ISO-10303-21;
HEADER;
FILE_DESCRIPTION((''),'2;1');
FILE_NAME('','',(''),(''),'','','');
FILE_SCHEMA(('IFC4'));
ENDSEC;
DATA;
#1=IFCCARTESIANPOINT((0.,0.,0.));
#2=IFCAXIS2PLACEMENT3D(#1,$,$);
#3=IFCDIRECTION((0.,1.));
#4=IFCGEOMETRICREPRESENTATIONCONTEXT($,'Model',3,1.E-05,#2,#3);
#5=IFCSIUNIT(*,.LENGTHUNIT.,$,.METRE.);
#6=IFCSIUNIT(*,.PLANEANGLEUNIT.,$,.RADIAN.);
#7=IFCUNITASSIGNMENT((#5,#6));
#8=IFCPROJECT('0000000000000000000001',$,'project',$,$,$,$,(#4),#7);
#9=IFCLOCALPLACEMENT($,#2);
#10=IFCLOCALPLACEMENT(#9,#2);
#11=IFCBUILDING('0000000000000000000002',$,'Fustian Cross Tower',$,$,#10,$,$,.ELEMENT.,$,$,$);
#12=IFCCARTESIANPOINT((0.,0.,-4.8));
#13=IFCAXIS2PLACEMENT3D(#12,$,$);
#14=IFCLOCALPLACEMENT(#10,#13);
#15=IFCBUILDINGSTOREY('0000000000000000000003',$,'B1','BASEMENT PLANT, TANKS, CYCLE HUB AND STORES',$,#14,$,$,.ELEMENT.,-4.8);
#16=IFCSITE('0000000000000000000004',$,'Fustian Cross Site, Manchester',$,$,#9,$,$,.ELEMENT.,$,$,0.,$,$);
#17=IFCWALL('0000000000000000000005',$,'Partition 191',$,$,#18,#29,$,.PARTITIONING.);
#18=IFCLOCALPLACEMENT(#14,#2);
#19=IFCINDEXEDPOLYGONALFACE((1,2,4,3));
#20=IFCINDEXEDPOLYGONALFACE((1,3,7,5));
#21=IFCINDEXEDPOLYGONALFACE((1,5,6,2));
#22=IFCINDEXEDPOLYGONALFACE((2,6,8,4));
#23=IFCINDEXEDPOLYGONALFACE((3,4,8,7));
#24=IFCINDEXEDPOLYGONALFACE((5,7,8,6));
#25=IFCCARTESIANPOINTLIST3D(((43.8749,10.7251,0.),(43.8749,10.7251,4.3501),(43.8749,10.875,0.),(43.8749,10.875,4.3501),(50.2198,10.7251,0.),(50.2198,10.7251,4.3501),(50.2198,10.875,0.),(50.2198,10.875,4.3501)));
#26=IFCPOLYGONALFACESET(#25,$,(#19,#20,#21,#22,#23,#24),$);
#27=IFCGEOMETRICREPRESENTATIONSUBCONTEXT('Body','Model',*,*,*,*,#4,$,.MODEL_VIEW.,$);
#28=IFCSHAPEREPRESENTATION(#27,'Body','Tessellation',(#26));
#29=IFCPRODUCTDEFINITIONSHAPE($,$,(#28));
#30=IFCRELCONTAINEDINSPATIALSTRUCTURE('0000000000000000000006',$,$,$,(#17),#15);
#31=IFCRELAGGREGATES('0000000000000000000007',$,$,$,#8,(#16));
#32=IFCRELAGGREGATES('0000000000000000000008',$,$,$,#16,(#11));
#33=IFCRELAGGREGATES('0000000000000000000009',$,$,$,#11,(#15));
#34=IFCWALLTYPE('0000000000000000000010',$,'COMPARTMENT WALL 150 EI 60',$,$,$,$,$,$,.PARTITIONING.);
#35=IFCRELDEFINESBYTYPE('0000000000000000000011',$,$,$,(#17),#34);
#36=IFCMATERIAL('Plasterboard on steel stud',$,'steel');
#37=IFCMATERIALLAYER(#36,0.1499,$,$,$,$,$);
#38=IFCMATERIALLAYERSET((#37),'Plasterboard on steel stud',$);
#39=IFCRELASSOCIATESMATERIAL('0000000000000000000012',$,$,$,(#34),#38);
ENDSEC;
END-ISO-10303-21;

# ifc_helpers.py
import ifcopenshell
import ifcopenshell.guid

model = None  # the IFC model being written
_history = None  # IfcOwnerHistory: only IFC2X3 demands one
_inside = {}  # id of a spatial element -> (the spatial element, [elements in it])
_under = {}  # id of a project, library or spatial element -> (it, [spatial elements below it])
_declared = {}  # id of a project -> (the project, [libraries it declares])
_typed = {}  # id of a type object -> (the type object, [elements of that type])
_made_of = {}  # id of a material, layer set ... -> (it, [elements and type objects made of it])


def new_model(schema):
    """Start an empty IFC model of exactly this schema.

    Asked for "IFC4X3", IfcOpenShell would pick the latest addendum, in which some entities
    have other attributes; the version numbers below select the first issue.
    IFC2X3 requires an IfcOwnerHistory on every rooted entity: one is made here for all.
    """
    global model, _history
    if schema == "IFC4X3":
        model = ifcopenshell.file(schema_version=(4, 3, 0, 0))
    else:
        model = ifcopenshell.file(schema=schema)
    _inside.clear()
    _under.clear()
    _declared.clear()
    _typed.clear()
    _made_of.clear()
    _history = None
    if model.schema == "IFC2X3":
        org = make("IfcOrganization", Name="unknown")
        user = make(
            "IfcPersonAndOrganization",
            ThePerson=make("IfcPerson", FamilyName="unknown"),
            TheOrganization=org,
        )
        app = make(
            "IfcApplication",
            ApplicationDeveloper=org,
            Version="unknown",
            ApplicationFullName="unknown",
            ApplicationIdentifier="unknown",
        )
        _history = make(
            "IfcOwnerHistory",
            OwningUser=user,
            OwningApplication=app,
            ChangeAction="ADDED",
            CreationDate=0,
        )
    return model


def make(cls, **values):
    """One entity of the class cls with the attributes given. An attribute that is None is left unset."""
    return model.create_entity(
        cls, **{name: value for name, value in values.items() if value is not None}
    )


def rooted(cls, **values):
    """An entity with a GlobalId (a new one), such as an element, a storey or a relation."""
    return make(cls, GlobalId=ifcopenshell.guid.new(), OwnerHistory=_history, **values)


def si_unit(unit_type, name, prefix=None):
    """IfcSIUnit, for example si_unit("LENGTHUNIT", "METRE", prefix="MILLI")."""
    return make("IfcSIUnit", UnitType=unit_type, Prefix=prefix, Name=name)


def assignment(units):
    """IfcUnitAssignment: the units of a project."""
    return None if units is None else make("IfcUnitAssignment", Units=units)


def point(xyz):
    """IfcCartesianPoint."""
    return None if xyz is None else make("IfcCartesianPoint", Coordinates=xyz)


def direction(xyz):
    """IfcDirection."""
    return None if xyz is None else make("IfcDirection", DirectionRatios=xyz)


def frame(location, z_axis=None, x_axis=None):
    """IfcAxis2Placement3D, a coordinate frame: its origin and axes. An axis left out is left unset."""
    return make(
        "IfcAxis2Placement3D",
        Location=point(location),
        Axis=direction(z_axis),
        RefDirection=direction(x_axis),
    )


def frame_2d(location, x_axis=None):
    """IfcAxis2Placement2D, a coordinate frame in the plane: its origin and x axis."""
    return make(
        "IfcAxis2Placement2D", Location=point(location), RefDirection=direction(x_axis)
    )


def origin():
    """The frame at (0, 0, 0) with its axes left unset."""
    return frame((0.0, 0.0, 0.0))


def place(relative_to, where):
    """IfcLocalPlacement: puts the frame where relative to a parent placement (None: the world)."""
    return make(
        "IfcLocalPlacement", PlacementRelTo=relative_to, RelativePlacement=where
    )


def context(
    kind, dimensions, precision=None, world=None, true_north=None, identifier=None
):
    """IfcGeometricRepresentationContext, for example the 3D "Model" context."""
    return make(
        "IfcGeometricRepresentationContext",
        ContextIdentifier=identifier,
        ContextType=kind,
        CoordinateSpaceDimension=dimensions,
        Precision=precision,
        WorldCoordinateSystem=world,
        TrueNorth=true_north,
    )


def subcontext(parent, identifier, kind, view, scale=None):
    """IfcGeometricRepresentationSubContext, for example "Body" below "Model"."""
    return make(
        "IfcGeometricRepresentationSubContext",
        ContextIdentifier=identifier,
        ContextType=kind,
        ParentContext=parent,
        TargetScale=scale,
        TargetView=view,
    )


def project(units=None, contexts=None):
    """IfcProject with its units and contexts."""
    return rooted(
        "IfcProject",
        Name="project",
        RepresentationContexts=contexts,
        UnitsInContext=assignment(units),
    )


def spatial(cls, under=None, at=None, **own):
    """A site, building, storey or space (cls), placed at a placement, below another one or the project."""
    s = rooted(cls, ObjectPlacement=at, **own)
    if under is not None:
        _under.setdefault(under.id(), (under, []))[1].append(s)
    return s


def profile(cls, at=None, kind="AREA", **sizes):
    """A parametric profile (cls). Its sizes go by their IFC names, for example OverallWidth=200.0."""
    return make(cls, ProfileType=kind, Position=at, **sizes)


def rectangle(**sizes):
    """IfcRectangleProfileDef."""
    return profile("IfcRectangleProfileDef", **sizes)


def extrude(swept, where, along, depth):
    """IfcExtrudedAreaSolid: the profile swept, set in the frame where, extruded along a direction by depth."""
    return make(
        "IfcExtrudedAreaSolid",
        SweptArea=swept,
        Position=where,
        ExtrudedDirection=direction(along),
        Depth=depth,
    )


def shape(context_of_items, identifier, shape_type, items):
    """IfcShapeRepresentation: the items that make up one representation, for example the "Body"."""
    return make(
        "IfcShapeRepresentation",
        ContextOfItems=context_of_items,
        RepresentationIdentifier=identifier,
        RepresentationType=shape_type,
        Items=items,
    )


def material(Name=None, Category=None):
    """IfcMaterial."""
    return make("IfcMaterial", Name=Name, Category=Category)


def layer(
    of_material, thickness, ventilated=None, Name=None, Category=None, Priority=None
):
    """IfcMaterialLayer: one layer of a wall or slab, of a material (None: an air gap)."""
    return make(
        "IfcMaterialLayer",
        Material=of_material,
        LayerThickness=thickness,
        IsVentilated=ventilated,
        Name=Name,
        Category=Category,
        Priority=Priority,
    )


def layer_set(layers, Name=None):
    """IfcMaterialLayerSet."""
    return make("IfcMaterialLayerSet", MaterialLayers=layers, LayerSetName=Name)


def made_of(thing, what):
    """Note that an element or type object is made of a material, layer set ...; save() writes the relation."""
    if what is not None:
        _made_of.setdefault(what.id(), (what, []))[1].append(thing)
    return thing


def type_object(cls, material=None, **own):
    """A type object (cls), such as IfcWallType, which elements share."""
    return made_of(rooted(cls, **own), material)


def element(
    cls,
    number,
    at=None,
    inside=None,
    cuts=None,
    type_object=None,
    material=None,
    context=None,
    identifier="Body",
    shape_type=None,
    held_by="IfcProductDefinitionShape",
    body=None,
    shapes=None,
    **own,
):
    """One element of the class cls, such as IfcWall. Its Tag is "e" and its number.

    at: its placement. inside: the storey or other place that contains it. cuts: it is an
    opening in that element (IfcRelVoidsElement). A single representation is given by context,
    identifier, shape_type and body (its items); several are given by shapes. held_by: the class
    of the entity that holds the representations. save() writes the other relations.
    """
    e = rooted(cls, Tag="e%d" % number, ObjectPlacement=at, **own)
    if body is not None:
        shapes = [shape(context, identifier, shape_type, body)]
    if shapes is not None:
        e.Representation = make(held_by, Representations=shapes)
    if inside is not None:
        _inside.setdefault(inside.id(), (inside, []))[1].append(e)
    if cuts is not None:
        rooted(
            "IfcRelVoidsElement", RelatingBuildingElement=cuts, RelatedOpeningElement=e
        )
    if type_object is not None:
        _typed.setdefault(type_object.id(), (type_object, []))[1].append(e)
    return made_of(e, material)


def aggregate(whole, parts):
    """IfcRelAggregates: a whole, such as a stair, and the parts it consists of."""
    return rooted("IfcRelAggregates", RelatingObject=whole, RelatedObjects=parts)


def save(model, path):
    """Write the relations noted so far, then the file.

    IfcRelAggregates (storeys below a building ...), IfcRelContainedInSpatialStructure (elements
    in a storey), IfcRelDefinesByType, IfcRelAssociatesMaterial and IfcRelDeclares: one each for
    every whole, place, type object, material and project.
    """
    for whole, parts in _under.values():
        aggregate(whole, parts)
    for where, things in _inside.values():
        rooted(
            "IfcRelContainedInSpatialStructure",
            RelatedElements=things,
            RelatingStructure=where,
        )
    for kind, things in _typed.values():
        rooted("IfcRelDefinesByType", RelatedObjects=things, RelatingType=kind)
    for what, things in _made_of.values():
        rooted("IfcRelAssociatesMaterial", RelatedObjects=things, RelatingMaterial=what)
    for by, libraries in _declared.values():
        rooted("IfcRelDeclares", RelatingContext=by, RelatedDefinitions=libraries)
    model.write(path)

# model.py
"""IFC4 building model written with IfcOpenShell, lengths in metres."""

from ifc_helpers import new_model, si_unit, direction, frame, frame_2d, origin, place, context, subcontext, project, spatial, rectangle, extrude, material, layer, layer_set, type_object, element, save


model = new_model("IFC4")

# Units and contexts
model_context = context("Model", 3, precision=1e-05, world=origin(), true_north=direction((0.0, 1.0)))
body_context = subcontext(model_context, "Body", "Model", "MODEL_VIEW")
ifc_project = project(units=[si_unit("LENGTHUNIT", "METRE"), si_unit("PLANEANGLEUNIT", "RADIAN")], contexts=[model_context])

# Site, building, storey
site_placement = place(None, origin())
site = spatial("IfcSite", under=ifc_project, at=site_placement, Name="Fustian Cross Site, Manchester", CompositionType="ELEMENT", RefElevation=0.0)
building_placement = place(site_placement, origin())
building = spatial("IfcBuilding", under=site, at=building_placement, Name="Fustian Cross Tower", CompositionType="ELEMENT")
storey_placement = place(building_placement, frame((0.0, 0.0, -4.8)))
storey = spatial("IfcBuildingStorey", under=building, at=storey_placement, Name="B1", Description="BASEMENT PLANT, TANKS, CYCLE HUB AND STORES", CompositionType="ELEMENT", Elevation=-4.8)

# Wall
ifc_material_1 = material(Name="Plasterboard on steel stud", Category="steel")
ifc_layer = layer(ifc_material_1, 0.1499)
ifc_layer_set = layer_set([ifc_layer], Name="Plasterboard on steel stud")
wall_type = type_object("IfcWallType", Name="COMPARTMENT WALL 150 EI 60", PredefinedType="PARTITIONING", material=ifc_layer_set)
wall_1_placement = place(storey_placement, frame((43.875, 10.8, 0.0), z_axis=(0.0, 0.0, 1.0), x_axis=(1.0, 0.0, 0.0)))
element("IfcWall", 1, at=wall_1_placement, inside=storey, type_object=wall_type, Name="Partition 191", PredefinedType="PARTITIONING", context=body_context, shape_type="SweptSolid", body=[
    extrude(rectangle(XDim=6.345, YDim=0.1499, at=frame_2d((3.1724, 0.0))), origin(), (0.0, 0.0, 1.0), 4.3501),
])

save(model, "model.ifc")
